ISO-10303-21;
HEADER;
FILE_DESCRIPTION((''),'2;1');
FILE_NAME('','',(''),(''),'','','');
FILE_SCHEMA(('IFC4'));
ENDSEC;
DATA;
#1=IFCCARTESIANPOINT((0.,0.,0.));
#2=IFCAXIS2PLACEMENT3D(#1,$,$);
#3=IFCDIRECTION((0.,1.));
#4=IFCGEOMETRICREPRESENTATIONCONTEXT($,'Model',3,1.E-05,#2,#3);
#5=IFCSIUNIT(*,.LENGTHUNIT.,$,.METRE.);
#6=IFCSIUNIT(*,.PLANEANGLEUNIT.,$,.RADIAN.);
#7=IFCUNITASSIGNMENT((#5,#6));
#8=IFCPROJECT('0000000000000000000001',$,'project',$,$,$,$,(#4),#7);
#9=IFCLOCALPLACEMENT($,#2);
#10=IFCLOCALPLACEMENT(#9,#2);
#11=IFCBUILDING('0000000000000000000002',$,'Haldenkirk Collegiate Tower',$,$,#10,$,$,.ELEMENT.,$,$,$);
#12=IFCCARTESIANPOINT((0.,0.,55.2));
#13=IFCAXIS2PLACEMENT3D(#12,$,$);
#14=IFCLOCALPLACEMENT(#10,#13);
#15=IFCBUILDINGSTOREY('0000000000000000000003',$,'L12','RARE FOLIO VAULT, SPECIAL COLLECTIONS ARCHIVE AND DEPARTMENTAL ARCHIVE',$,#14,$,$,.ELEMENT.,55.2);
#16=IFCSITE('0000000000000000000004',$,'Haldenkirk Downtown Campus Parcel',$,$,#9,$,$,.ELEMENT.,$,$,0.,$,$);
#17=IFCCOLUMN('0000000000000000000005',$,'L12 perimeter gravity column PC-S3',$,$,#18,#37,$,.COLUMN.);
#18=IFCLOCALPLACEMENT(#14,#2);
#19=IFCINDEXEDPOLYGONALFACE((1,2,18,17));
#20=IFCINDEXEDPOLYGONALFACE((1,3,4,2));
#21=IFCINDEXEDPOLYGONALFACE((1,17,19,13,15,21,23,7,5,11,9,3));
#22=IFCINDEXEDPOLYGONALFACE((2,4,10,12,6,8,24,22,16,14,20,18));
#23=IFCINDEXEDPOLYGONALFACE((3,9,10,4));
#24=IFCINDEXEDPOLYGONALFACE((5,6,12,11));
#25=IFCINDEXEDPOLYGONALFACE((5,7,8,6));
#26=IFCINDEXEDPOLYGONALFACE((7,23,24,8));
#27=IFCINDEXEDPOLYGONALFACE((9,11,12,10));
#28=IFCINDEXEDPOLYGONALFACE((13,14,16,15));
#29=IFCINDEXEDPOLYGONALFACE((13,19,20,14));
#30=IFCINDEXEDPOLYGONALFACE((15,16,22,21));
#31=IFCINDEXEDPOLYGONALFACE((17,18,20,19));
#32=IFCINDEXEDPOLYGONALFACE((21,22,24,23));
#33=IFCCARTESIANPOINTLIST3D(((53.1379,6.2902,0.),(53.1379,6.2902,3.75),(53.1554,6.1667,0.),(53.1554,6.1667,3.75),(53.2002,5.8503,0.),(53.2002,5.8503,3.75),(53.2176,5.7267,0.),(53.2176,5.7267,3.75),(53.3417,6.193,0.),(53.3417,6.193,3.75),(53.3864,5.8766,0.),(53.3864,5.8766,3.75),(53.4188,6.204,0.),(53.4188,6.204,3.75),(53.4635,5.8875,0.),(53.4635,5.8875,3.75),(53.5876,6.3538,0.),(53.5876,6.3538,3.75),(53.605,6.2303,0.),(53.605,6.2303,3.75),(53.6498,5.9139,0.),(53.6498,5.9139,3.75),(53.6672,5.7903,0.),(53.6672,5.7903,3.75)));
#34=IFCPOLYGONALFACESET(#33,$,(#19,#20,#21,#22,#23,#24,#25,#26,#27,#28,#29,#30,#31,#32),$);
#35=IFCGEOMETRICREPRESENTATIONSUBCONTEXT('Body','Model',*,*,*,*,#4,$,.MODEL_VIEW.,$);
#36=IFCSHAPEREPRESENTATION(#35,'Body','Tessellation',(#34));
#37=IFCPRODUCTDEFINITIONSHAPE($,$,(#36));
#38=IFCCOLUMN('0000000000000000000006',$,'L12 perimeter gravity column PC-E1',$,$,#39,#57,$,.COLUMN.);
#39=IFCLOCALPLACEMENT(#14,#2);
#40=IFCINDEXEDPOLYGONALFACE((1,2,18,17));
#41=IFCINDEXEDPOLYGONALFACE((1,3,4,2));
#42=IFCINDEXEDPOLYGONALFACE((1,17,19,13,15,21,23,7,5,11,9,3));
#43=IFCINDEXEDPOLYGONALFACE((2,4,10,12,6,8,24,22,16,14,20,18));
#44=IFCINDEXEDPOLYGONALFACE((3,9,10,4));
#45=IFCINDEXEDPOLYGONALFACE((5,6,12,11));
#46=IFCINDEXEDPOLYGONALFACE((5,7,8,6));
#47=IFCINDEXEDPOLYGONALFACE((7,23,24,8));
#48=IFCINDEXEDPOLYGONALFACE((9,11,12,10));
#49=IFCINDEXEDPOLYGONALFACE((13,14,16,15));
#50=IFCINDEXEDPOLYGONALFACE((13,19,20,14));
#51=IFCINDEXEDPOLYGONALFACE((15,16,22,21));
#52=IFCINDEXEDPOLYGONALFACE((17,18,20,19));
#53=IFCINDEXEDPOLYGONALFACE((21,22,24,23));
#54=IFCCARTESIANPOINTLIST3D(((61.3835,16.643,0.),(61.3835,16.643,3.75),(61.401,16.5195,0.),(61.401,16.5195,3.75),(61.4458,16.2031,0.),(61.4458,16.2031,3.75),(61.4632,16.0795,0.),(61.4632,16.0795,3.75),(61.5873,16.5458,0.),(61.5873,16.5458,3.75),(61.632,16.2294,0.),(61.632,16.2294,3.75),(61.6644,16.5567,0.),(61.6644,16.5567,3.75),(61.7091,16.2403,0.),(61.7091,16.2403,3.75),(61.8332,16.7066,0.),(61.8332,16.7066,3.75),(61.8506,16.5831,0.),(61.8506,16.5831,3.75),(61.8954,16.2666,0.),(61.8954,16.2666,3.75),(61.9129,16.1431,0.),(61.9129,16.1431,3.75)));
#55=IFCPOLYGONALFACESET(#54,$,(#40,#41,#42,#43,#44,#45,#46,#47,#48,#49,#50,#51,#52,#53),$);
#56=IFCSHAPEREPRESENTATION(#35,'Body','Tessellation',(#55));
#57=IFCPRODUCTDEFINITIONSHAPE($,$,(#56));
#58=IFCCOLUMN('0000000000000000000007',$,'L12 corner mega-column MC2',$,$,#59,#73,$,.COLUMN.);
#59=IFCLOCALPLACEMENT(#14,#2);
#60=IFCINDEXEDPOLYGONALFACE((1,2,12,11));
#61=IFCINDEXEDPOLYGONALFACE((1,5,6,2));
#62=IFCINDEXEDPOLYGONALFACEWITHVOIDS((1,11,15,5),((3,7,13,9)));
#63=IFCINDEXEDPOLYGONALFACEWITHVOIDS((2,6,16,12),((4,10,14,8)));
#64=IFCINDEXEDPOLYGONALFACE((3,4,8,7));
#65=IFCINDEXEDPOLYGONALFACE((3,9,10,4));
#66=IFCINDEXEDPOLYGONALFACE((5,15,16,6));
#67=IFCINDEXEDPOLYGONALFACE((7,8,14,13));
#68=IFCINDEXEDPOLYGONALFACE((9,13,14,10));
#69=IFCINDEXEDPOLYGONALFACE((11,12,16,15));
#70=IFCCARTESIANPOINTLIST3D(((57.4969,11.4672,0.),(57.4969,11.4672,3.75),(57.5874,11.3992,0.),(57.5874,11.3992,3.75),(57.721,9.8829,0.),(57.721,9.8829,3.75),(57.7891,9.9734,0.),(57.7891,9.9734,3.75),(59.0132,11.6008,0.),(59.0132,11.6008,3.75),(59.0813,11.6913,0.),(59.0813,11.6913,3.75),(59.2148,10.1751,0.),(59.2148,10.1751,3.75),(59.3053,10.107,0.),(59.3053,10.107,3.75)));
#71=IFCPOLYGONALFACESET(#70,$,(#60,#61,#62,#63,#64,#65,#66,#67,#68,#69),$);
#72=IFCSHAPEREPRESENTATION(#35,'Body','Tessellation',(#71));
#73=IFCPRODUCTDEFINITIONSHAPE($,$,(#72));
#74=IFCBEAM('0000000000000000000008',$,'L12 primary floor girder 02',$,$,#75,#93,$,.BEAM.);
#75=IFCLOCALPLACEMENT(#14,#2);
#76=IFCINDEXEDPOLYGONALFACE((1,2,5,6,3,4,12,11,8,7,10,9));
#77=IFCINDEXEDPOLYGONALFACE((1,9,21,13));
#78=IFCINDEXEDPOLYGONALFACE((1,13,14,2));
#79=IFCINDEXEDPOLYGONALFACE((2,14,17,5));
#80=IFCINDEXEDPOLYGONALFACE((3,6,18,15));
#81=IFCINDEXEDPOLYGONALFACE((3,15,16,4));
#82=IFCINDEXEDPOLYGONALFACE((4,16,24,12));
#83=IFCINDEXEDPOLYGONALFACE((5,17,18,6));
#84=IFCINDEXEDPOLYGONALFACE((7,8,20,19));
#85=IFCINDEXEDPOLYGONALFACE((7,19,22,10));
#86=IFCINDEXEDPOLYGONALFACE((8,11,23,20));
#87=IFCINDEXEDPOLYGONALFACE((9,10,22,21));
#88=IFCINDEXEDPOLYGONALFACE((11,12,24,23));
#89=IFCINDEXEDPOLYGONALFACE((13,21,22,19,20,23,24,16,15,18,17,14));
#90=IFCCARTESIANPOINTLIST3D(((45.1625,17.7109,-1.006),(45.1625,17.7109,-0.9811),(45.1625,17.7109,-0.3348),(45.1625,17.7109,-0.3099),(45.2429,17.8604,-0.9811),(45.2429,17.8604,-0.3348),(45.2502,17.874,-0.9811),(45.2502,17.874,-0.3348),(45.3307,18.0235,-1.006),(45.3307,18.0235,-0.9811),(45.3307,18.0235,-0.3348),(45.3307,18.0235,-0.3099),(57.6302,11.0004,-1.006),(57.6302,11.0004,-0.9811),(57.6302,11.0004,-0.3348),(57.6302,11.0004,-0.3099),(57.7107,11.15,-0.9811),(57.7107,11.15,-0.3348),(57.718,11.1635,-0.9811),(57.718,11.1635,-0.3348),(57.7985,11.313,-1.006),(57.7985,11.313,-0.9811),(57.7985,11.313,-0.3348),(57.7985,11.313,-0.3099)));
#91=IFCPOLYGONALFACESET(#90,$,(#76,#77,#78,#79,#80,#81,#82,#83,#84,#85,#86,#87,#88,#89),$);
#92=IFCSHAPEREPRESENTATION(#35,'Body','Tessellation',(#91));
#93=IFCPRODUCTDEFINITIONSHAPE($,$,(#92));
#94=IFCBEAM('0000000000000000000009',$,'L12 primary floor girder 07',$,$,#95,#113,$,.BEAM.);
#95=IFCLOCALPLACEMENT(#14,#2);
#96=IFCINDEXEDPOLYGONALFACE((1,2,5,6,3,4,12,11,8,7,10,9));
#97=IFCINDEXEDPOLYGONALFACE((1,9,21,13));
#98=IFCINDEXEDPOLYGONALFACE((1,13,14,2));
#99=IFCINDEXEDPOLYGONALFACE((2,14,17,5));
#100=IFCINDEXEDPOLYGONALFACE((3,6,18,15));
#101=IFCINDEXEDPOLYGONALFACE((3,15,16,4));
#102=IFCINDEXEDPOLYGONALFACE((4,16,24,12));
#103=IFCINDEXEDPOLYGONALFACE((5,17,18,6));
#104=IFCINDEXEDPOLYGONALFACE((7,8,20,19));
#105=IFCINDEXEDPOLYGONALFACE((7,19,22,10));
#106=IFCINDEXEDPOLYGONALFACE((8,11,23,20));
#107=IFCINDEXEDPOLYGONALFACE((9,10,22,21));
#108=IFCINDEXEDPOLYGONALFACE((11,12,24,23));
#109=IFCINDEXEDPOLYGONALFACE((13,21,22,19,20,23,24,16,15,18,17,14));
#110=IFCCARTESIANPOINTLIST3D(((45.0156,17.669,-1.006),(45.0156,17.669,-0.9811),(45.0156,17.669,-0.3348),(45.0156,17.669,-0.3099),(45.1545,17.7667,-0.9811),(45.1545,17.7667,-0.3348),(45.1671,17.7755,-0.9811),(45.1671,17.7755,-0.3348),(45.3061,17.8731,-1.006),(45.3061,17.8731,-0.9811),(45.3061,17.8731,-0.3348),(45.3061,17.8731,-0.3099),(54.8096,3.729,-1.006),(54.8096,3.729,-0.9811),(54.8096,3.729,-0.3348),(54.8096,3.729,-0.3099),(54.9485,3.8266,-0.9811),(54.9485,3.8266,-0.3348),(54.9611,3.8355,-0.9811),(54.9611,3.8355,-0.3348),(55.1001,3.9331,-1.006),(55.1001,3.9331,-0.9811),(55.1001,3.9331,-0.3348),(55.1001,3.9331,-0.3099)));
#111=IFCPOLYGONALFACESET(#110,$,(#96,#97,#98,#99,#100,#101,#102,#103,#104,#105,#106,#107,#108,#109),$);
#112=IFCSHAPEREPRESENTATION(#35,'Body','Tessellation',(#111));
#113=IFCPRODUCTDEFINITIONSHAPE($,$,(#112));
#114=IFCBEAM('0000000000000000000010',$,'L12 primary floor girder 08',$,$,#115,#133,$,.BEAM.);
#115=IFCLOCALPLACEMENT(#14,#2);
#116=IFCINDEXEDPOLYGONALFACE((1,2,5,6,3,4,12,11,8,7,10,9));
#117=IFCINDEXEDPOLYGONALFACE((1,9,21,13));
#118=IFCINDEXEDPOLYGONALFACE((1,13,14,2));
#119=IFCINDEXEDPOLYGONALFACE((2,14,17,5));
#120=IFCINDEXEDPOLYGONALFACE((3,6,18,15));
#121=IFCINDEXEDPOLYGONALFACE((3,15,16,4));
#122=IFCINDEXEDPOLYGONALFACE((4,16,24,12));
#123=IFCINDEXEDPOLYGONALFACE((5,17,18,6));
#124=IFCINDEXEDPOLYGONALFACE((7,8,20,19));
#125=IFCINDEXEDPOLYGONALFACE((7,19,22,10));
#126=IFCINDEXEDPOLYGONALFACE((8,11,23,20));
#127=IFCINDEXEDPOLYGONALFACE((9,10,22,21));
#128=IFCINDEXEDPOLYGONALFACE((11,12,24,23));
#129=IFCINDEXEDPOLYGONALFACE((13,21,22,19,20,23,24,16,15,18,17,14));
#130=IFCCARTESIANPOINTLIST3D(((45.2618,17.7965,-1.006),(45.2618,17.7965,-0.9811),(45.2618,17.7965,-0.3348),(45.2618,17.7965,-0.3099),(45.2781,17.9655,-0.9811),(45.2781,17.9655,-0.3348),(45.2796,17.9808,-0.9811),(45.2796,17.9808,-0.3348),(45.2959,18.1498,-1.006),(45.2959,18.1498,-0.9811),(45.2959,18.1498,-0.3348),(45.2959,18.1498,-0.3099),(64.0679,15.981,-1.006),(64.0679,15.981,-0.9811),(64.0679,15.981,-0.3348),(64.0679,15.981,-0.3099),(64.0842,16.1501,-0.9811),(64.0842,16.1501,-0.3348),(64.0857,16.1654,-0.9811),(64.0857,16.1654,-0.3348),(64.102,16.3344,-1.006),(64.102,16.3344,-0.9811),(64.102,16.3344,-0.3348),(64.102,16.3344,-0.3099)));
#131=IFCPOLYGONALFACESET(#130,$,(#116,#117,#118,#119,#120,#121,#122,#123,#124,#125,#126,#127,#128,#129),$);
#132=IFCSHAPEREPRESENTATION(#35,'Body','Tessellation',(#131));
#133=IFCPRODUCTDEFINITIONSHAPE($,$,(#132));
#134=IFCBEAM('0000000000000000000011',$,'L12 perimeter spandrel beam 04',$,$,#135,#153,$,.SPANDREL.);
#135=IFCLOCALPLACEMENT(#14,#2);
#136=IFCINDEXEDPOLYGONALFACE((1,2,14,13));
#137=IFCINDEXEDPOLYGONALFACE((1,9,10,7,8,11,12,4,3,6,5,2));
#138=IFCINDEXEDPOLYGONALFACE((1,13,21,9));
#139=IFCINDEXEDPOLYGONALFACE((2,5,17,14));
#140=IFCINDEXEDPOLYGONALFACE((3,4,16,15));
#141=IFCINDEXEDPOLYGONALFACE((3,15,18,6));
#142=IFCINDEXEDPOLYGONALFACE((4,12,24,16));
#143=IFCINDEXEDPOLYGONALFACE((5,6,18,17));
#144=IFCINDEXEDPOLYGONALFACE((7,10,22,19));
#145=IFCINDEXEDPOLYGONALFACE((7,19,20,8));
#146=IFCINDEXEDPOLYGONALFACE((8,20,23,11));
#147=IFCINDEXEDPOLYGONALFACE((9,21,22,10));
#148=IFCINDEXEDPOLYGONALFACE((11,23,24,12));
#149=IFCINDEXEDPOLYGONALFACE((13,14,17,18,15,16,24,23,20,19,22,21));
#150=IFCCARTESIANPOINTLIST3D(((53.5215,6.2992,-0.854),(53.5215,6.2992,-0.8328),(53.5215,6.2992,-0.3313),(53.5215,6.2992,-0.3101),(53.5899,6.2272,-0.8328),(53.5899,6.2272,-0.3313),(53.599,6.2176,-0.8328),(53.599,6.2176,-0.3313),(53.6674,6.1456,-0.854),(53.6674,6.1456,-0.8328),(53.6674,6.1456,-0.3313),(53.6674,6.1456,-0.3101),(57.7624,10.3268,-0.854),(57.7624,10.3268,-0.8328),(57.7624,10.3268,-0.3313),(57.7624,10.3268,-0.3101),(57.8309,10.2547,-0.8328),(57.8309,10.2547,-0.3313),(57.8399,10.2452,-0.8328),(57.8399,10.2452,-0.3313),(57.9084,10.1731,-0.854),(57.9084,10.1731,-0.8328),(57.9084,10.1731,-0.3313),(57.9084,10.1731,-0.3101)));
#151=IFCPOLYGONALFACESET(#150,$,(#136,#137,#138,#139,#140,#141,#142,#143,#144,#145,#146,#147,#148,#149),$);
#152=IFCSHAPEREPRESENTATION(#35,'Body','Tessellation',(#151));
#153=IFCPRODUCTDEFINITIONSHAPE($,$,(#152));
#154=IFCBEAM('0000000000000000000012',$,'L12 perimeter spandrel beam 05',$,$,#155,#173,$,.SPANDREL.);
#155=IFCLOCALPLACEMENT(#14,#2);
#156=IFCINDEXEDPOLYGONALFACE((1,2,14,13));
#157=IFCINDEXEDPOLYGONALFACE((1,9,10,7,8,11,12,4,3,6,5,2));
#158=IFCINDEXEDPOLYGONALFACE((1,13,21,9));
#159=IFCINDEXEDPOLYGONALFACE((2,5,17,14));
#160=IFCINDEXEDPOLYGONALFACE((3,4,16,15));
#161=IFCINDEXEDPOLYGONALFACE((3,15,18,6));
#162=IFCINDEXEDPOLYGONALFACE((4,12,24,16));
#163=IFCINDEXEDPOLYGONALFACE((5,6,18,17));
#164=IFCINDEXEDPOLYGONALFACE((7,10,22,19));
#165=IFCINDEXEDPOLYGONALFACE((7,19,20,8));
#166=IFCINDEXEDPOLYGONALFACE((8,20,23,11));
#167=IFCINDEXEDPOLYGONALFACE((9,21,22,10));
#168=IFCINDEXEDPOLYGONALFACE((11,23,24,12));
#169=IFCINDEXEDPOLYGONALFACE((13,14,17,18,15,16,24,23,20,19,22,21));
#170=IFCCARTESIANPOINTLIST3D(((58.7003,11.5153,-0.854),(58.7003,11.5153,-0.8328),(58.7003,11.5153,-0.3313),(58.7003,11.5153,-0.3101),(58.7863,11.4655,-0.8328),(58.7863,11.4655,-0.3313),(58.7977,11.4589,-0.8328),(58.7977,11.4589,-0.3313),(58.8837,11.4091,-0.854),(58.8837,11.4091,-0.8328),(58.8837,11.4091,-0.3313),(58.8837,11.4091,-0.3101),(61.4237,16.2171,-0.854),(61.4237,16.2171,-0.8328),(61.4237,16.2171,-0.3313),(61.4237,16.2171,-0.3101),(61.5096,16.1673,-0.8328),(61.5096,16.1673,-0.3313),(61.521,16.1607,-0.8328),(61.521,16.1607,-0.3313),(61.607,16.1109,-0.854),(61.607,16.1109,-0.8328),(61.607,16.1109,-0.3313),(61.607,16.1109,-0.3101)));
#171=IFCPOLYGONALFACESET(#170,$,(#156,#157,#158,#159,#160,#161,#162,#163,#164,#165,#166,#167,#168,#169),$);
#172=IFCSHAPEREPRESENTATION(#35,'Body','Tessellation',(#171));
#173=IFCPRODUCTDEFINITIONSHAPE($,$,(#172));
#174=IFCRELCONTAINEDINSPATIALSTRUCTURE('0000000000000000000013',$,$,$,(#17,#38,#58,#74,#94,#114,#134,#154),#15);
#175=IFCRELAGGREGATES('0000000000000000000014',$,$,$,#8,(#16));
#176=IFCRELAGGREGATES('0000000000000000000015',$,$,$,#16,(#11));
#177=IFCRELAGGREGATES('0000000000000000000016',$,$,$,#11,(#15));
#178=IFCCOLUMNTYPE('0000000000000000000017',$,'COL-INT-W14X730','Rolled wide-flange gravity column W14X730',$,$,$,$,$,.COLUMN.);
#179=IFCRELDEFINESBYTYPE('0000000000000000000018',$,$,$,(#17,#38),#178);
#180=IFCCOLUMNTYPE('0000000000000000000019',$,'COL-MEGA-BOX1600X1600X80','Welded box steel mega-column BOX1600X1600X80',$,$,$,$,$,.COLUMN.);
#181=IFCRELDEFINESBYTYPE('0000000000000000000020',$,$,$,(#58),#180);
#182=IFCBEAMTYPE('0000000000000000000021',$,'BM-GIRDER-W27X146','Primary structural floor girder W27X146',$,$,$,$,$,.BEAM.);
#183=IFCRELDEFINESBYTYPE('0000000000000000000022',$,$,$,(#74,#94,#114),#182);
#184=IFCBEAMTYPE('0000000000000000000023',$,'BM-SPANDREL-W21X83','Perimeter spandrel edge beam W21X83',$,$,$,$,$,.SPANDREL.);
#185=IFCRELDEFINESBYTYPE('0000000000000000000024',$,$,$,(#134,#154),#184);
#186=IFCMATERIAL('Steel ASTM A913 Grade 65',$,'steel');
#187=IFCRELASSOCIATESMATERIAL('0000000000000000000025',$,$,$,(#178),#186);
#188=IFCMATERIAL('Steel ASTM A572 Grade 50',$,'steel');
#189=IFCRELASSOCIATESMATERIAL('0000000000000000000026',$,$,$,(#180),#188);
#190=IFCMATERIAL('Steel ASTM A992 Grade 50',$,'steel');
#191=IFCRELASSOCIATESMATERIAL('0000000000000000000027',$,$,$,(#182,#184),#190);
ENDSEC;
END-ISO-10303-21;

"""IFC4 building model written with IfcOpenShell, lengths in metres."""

from ifc_helpers import new_model, si_unit, direction, frame, origin, origin_2d, place, context, subcontext, project, spatial, hollow_rectangle, i_section, extrude, material, material_profile, profile_set, type_object, element, save


model = new_model("IFC4")

# Units and contexts
model_context = context("Model", 3, precision=1e-05, world=origin(), true_north=direction((0.0, 1.0)))
body_context = subcontext(model_context, "Body", "Model", "MODEL_VIEW")
ifc_project = project(units=[si_unit("LENGTHUNIT", "METRE"), si_unit("PLANEANGLEUNIT", "RADIAN")], contexts=[model_context])

# Site, building, storey
site_placement = place(None, origin())
site = spatial("IfcSite", under=ifc_project, at=site_placement, Name="Haldenkirk Downtown Campus Parcel", CompositionType="ELEMENT", RefElevation=0.0)
building_placement = place(site_placement, origin())
building = spatial("IfcBuilding", under=site, at=building_placement, Name="Haldenkirk Collegiate Tower", CompositionType="ELEMENT")
storey_placement = place(building_placement, frame((0.0, 0.0, 55.2)))
storey = spatial("IfcBuildingStorey", under=building, at=storey_placement, Name="L12", Description="RARE FOLIO VAULT, SPECIAL COLLECTIONS ARCHIVE AND DEPARTMENTAL ARCHIVE", CompositionType="ELEMENT", Elevation=55.2)

# Columns
ifc_material_1 = material(Name="Steel ASTM A913 Grade 65", Category="steel")
ifc_material_profile_1 = material_profile(ifc_material_1, i_section(OverallWidth=0.4541, OverallDepth=0.5691, WebThickness=0.0779, FlangeThickness=0.1248, at=origin_2d()), Name="W14X730")
ifc_profile_set_1 = profile_set([ifc_material_profile_1], Name="Steel ASTM A913 Grade 65")
column_type_1 = type_object("IfcColumnType", Name="COL-INT-W14X730", Description="Rolled wide-flange gravity column W14X730", PredefinedType="COLUMN", material=ifc_profile_set_1)
for number, where, z_axis, x_axis, name in (
    (1, (53.4026, 6.0403, 0.0), (0.0, 0.0, 1.0), (0.990146, 0.140037, 0.0), "L12 perimeter gravity column PC-S3"),
    (2, (61.6482, 16.3931, 0.0), (0.0, 0.0, 1.0), (0.990146, 0.140037, 0.0), "L12 perimeter gravity column PC-E1"),
):
    element("IfcColumn", number, at=place(storey_placement, frame(where, z_axis=z_axis, x_axis=x_axis)), inside=storey, type_object=column_type_1, Name=name, PredefinedType="COLUMN", context=body_context, shape_type="SweptSolid", body=[
        extrude(i_section(OverallWidth=0.4541, OverallDepth=0.5691, WebThickness=0.0779, FlangeThickness=0.1248, at=origin_2d()), origin(), (0.0, 0.0, 1.0), 3.75),
    ])
ifc_material_2 = material(Name="Steel ASTM A572 Grade 50", Category="steel")
ifc_material_profile_2 = material_profile(ifc_material_2, hollow_rectangle(XDim=1.6001, YDim=1.6001, WallThickness=0.0801, at=origin_2d()), Name="BOX1600X1600X80")
ifc_profile_set_2 = profile_set([ifc_material_profile_2], Name="Steel ASTM A572 Grade 50")
column_type_2 = type_object("IfcColumnType", Name="COL-MEGA-BOX1600X1600X80", Description="Welded box steel mega-column BOX1600X1600X80", PredefinedType="COLUMN", material=ifc_profile_set_2)
column_placement = place(storey_placement, frame((58.4011, 10.7871, 0.0), z_axis=(0.0, 0.0, 1.0), x_axis=(0.990146, 0.140037, 0.0)))
element("IfcColumn", 3, at=column_placement, inside=storey, type_object=column_type_2, Name="L12 corner mega-column MC2", PredefinedType="COLUMN", context=body_context, shape_type="SweptSolid", body=[
    extrude(hollow_rectangle(XDim=1.6001, YDim=1.6001, WallThickness=0.0801, at=origin_2d()), origin(), (0.0, 0.0, 1.0), 3.75),
])

# Beams
ifc_material_3 = material(Name="Steel ASTM A992 Grade 50", Category="steel")
ifc_material_profile_3 = material_profile(ifc_material_3, i_section(OverallWidth=0.355, OverallDepth=0.696, WebThickness=0.0154, FlangeThickness=0.0249, at=origin_2d()), Name="W27X146")
ifc_profile_set_3 = profile_set([ifc_material_profile_3], Name="Steel ASTM A992 Grade 50")
beam_type_1 = type_object("IfcBeamType", Name="BM-GIRDER-W27X146", Description="Primary structural floor girder W27X146", PredefinedType="BEAM", material=ifc_profile_set_3)
beam_1_placement = place(storey_placement, frame((57.7144, 11.1567, -0.658), z_axis=(-0.880559, 0.473937, 0.0), x_axis=(-0.473937, -0.880559, 0.0)))
element("IfcBeam", 4, at=beam_1_placement, inside=storey, type_object=beam_type_1, Name="L12 primary floor girder 02", PredefinedType="BEAM", context=body_context, shape_type="SweptSolid", body=[
    extrude(i_section(OverallWidth=0.355, OverallDepth=0.696, WebThickness=0.0154, FlangeThickness=0.0249, at=origin_2d()), origin(), (0.0, 0.0, 1.0), 14.1589),
])
beam_2_placement = place(storey_placement, frame((54.9548, 3.8311, -0.658), z_axis=(-0.574879, 0.818238, 0.0), x_axis=(-0.818238, -0.574879, 0.0)))
element("IfcBeam", 5, at=beam_2_placement, inside=storey, type_object=beam_type_1, Name="L12 primary floor girder 07", PredefinedType="BEAM", context=body_context, shape_type="SweptSolid", body=[
    extrude(i_section(OverallWidth=0.355, OverallDepth=0.696, WebThickness=0.0154, FlangeThickness=0.0249, at=origin_2d()), origin(), (0.0, 0.0, 1.0), 17.0366),
])
beam_3_placement = place(storey_placement, frame((64.085, 16.1577, -0.658), z_axis=(-0.995373, 0.096087, 0.0), x_axis=(-0.096087, -0.995373, 0.0)))
element("IfcBeam", 6, at=beam_3_placement, inside=storey, type_object=beam_type_1, Name="L12 primary floor girder 08", PredefinedType="BEAM", context=body_context, shape_type="SweptSolid", body=[
    extrude(i_section(OverallWidth=0.355, OverallDepth=0.696, WebThickness=0.0154, FlangeThickness=0.0249, at=origin_2d()), origin(), (0.0, 0.0, 1.0), 18.8936),
])
ifc_material_profile_4 = material_profile(ifc_material_3, i_section(OverallWidth=0.2119, OverallDepth=0.5439, WebThickness=0.0132, FlangeThickness=0.0212, at=origin_2d()), Name="W21X83")
ifc_profile_set_4 = profile_set([ifc_material_profile_4], Name="Steel ASTM A992 Grade 50")
beam_type_2 = type_object("IfcBeamType", Name="BM-SPANDREL-W21X83", Description="Perimeter spandrel edge beam W21X83", PredefinedType="SPANDREL", material=ifc_profile_set_4)
beam_4_placement = place(storey_placement, frame((53.5945, 6.2224, -0.582), z_axis=(0.725113, 0.68863, 0.0), x_axis=(-0.68863, 0.725113, 0.0)))
element("IfcBeam", 7, at=beam_4_placement, inside=storey, type_object=beam_type_2, Name="L12 perimeter spandrel beam 04", PredefinedType="SPANDREL", context=body_context, shape_type="SweptSolid", body=[
    extrude(i_section(OverallWidth=0.2119, OverallDepth=0.5439, WebThickness=0.0132, FlangeThickness=0.0212, at=origin_2d()), origin(), (0.0, 0.0, 1.0), 5.8486),
])
beam_5_placement = place(storey_placement, frame((58.792, 11.4622, -0.582), z_axis=(0.501206, 0.865328, 0.0), x_axis=(-0.865328, 0.501206, 0.0)))
element("IfcBeam", 8, at=beam_5_placement, inside=storey, type_object=beam_type_2, Name="L12 perimeter spandrel beam 05", PredefinedType="SPANDREL", context=body_context, shape_type="SweptSolid", body=[
    extrude(i_section(OverallWidth=0.2119, OverallDepth=0.5439, WebThickness=0.0132, FlangeThickness=0.0212, at=origin_2d()), origin(), (0.0, 0.0, 1.0), 5.4336),
])

save(model, "model.ifc")
